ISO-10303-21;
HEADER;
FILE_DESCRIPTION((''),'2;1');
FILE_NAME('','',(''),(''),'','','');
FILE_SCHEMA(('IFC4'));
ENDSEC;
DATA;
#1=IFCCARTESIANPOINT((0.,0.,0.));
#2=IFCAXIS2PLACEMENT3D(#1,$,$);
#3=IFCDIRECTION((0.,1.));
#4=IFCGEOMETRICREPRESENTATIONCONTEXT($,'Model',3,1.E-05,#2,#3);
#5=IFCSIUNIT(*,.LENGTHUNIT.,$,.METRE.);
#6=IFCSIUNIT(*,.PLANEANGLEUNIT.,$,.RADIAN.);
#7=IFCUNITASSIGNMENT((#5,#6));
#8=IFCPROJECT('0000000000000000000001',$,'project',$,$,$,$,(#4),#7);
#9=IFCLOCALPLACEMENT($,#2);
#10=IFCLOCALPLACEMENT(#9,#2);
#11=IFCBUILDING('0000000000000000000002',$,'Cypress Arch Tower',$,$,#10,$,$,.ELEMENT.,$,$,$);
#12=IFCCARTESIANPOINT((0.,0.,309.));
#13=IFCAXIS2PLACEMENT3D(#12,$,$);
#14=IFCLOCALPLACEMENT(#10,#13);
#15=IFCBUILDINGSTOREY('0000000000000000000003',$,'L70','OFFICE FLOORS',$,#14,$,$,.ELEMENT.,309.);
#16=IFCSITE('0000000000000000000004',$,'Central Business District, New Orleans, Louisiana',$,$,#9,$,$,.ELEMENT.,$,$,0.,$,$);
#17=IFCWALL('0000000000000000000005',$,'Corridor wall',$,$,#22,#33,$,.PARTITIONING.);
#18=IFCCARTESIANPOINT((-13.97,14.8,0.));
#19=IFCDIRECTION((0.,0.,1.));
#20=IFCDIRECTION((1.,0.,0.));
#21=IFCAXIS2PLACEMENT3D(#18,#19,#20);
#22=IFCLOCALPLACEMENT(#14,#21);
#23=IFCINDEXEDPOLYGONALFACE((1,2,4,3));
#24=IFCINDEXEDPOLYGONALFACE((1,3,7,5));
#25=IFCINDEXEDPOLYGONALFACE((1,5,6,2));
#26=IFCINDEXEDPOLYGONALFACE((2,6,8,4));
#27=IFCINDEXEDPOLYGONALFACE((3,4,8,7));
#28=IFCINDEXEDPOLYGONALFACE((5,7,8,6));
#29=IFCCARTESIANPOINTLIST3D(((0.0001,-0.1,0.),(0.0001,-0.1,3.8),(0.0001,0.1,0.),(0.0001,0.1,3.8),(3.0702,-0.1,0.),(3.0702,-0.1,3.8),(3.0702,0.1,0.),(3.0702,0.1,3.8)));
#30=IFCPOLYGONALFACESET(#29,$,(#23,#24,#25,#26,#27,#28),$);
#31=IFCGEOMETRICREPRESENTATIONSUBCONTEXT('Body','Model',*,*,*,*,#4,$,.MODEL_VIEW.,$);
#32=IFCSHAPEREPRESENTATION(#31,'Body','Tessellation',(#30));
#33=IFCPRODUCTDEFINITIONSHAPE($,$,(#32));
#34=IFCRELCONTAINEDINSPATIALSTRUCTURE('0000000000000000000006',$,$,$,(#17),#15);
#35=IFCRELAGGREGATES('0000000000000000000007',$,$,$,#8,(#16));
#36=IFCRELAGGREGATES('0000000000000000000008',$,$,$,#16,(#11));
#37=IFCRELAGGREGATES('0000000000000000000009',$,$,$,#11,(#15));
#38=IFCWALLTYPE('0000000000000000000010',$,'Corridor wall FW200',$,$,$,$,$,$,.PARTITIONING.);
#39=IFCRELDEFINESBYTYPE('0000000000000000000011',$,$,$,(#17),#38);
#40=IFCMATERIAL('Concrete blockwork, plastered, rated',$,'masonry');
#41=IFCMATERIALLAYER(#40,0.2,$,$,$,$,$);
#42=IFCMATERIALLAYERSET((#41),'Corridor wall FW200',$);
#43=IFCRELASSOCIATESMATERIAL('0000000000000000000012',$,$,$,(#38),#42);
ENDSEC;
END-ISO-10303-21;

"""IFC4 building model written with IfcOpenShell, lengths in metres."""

from ifc_helpers import new_model, si_unit, direction, frame, frame_2d, origin, place, context, subcontext, project, spatial, rectangle, extrude, material, layer, layer_set, type_object, element, save


model = new_model("IFC4")

# Units and contexts
model_context = context("Model", 3, precision=1e-05, world=origin(), true_north=direction((0.0, 1.0)))
body_context = subcontext(model_context, "Body", "Model", "MODEL_VIEW")
ifc_project = project(units=[si_unit("LENGTHUNIT", "METRE"), si_unit("PLANEANGLEUNIT", "RADIAN")], contexts=[model_context])

# Site, building, storey
site_placement = place(None, origin())
site = spatial("IfcSite", under=ifc_project, at=site_placement, Name="Central Business District, New Orleans, Louisiana", CompositionType="ELEMENT", RefElevation=0.0)
building_placement = place(site_placement, origin())
building = spatial("IfcBuilding", under=site, at=building_placement, Name="Cypress Arch Tower", CompositionType="ELEMENT")
storey_placement = place(building_placement, frame((0.0, 0.0, 309.0)))
storey = spatial("IfcBuildingStorey", under=building, at=storey_placement, Name="L70", Description="OFFICE FLOORS", CompositionType="ELEMENT", Elevation=309.0)

# Wall
ifc_material_1 = material(Name="Concrete blockwork, plastered, rated", Category="masonry")
ifc_layer_1 = layer(ifc_material_1, 0.2)
ifc_layer_set_1 = layer_set([ifc_layer_1], Name="Corridor wall FW200")
wall_type_1 = type_object("IfcWallType", Name="Corridor wall FW200", PredefinedType="PARTITIONING", material=ifc_layer_set_1)
wall_1_placement = place(storey_placement, frame((-13.97, 14.8, 0.0), z_axis=(0.0, 0.0, 1.0), x_axis=(1.0, 0.0, 0.0)))
element("IfcWall", 1, at=wall_1_placement, inside=storey, type_object=wall_type_1, Name="Corridor wall", PredefinedType="PARTITIONING", context=body_context, shape_type="SweptSolid", body=[
    extrude(rectangle(XDim=3.0701, YDim=0.2, at=frame_2d((1.5352, 0.0))), origin(), (0.0, 0.0, 1.0), 3.8),
])

save(model, "model.ifc")
